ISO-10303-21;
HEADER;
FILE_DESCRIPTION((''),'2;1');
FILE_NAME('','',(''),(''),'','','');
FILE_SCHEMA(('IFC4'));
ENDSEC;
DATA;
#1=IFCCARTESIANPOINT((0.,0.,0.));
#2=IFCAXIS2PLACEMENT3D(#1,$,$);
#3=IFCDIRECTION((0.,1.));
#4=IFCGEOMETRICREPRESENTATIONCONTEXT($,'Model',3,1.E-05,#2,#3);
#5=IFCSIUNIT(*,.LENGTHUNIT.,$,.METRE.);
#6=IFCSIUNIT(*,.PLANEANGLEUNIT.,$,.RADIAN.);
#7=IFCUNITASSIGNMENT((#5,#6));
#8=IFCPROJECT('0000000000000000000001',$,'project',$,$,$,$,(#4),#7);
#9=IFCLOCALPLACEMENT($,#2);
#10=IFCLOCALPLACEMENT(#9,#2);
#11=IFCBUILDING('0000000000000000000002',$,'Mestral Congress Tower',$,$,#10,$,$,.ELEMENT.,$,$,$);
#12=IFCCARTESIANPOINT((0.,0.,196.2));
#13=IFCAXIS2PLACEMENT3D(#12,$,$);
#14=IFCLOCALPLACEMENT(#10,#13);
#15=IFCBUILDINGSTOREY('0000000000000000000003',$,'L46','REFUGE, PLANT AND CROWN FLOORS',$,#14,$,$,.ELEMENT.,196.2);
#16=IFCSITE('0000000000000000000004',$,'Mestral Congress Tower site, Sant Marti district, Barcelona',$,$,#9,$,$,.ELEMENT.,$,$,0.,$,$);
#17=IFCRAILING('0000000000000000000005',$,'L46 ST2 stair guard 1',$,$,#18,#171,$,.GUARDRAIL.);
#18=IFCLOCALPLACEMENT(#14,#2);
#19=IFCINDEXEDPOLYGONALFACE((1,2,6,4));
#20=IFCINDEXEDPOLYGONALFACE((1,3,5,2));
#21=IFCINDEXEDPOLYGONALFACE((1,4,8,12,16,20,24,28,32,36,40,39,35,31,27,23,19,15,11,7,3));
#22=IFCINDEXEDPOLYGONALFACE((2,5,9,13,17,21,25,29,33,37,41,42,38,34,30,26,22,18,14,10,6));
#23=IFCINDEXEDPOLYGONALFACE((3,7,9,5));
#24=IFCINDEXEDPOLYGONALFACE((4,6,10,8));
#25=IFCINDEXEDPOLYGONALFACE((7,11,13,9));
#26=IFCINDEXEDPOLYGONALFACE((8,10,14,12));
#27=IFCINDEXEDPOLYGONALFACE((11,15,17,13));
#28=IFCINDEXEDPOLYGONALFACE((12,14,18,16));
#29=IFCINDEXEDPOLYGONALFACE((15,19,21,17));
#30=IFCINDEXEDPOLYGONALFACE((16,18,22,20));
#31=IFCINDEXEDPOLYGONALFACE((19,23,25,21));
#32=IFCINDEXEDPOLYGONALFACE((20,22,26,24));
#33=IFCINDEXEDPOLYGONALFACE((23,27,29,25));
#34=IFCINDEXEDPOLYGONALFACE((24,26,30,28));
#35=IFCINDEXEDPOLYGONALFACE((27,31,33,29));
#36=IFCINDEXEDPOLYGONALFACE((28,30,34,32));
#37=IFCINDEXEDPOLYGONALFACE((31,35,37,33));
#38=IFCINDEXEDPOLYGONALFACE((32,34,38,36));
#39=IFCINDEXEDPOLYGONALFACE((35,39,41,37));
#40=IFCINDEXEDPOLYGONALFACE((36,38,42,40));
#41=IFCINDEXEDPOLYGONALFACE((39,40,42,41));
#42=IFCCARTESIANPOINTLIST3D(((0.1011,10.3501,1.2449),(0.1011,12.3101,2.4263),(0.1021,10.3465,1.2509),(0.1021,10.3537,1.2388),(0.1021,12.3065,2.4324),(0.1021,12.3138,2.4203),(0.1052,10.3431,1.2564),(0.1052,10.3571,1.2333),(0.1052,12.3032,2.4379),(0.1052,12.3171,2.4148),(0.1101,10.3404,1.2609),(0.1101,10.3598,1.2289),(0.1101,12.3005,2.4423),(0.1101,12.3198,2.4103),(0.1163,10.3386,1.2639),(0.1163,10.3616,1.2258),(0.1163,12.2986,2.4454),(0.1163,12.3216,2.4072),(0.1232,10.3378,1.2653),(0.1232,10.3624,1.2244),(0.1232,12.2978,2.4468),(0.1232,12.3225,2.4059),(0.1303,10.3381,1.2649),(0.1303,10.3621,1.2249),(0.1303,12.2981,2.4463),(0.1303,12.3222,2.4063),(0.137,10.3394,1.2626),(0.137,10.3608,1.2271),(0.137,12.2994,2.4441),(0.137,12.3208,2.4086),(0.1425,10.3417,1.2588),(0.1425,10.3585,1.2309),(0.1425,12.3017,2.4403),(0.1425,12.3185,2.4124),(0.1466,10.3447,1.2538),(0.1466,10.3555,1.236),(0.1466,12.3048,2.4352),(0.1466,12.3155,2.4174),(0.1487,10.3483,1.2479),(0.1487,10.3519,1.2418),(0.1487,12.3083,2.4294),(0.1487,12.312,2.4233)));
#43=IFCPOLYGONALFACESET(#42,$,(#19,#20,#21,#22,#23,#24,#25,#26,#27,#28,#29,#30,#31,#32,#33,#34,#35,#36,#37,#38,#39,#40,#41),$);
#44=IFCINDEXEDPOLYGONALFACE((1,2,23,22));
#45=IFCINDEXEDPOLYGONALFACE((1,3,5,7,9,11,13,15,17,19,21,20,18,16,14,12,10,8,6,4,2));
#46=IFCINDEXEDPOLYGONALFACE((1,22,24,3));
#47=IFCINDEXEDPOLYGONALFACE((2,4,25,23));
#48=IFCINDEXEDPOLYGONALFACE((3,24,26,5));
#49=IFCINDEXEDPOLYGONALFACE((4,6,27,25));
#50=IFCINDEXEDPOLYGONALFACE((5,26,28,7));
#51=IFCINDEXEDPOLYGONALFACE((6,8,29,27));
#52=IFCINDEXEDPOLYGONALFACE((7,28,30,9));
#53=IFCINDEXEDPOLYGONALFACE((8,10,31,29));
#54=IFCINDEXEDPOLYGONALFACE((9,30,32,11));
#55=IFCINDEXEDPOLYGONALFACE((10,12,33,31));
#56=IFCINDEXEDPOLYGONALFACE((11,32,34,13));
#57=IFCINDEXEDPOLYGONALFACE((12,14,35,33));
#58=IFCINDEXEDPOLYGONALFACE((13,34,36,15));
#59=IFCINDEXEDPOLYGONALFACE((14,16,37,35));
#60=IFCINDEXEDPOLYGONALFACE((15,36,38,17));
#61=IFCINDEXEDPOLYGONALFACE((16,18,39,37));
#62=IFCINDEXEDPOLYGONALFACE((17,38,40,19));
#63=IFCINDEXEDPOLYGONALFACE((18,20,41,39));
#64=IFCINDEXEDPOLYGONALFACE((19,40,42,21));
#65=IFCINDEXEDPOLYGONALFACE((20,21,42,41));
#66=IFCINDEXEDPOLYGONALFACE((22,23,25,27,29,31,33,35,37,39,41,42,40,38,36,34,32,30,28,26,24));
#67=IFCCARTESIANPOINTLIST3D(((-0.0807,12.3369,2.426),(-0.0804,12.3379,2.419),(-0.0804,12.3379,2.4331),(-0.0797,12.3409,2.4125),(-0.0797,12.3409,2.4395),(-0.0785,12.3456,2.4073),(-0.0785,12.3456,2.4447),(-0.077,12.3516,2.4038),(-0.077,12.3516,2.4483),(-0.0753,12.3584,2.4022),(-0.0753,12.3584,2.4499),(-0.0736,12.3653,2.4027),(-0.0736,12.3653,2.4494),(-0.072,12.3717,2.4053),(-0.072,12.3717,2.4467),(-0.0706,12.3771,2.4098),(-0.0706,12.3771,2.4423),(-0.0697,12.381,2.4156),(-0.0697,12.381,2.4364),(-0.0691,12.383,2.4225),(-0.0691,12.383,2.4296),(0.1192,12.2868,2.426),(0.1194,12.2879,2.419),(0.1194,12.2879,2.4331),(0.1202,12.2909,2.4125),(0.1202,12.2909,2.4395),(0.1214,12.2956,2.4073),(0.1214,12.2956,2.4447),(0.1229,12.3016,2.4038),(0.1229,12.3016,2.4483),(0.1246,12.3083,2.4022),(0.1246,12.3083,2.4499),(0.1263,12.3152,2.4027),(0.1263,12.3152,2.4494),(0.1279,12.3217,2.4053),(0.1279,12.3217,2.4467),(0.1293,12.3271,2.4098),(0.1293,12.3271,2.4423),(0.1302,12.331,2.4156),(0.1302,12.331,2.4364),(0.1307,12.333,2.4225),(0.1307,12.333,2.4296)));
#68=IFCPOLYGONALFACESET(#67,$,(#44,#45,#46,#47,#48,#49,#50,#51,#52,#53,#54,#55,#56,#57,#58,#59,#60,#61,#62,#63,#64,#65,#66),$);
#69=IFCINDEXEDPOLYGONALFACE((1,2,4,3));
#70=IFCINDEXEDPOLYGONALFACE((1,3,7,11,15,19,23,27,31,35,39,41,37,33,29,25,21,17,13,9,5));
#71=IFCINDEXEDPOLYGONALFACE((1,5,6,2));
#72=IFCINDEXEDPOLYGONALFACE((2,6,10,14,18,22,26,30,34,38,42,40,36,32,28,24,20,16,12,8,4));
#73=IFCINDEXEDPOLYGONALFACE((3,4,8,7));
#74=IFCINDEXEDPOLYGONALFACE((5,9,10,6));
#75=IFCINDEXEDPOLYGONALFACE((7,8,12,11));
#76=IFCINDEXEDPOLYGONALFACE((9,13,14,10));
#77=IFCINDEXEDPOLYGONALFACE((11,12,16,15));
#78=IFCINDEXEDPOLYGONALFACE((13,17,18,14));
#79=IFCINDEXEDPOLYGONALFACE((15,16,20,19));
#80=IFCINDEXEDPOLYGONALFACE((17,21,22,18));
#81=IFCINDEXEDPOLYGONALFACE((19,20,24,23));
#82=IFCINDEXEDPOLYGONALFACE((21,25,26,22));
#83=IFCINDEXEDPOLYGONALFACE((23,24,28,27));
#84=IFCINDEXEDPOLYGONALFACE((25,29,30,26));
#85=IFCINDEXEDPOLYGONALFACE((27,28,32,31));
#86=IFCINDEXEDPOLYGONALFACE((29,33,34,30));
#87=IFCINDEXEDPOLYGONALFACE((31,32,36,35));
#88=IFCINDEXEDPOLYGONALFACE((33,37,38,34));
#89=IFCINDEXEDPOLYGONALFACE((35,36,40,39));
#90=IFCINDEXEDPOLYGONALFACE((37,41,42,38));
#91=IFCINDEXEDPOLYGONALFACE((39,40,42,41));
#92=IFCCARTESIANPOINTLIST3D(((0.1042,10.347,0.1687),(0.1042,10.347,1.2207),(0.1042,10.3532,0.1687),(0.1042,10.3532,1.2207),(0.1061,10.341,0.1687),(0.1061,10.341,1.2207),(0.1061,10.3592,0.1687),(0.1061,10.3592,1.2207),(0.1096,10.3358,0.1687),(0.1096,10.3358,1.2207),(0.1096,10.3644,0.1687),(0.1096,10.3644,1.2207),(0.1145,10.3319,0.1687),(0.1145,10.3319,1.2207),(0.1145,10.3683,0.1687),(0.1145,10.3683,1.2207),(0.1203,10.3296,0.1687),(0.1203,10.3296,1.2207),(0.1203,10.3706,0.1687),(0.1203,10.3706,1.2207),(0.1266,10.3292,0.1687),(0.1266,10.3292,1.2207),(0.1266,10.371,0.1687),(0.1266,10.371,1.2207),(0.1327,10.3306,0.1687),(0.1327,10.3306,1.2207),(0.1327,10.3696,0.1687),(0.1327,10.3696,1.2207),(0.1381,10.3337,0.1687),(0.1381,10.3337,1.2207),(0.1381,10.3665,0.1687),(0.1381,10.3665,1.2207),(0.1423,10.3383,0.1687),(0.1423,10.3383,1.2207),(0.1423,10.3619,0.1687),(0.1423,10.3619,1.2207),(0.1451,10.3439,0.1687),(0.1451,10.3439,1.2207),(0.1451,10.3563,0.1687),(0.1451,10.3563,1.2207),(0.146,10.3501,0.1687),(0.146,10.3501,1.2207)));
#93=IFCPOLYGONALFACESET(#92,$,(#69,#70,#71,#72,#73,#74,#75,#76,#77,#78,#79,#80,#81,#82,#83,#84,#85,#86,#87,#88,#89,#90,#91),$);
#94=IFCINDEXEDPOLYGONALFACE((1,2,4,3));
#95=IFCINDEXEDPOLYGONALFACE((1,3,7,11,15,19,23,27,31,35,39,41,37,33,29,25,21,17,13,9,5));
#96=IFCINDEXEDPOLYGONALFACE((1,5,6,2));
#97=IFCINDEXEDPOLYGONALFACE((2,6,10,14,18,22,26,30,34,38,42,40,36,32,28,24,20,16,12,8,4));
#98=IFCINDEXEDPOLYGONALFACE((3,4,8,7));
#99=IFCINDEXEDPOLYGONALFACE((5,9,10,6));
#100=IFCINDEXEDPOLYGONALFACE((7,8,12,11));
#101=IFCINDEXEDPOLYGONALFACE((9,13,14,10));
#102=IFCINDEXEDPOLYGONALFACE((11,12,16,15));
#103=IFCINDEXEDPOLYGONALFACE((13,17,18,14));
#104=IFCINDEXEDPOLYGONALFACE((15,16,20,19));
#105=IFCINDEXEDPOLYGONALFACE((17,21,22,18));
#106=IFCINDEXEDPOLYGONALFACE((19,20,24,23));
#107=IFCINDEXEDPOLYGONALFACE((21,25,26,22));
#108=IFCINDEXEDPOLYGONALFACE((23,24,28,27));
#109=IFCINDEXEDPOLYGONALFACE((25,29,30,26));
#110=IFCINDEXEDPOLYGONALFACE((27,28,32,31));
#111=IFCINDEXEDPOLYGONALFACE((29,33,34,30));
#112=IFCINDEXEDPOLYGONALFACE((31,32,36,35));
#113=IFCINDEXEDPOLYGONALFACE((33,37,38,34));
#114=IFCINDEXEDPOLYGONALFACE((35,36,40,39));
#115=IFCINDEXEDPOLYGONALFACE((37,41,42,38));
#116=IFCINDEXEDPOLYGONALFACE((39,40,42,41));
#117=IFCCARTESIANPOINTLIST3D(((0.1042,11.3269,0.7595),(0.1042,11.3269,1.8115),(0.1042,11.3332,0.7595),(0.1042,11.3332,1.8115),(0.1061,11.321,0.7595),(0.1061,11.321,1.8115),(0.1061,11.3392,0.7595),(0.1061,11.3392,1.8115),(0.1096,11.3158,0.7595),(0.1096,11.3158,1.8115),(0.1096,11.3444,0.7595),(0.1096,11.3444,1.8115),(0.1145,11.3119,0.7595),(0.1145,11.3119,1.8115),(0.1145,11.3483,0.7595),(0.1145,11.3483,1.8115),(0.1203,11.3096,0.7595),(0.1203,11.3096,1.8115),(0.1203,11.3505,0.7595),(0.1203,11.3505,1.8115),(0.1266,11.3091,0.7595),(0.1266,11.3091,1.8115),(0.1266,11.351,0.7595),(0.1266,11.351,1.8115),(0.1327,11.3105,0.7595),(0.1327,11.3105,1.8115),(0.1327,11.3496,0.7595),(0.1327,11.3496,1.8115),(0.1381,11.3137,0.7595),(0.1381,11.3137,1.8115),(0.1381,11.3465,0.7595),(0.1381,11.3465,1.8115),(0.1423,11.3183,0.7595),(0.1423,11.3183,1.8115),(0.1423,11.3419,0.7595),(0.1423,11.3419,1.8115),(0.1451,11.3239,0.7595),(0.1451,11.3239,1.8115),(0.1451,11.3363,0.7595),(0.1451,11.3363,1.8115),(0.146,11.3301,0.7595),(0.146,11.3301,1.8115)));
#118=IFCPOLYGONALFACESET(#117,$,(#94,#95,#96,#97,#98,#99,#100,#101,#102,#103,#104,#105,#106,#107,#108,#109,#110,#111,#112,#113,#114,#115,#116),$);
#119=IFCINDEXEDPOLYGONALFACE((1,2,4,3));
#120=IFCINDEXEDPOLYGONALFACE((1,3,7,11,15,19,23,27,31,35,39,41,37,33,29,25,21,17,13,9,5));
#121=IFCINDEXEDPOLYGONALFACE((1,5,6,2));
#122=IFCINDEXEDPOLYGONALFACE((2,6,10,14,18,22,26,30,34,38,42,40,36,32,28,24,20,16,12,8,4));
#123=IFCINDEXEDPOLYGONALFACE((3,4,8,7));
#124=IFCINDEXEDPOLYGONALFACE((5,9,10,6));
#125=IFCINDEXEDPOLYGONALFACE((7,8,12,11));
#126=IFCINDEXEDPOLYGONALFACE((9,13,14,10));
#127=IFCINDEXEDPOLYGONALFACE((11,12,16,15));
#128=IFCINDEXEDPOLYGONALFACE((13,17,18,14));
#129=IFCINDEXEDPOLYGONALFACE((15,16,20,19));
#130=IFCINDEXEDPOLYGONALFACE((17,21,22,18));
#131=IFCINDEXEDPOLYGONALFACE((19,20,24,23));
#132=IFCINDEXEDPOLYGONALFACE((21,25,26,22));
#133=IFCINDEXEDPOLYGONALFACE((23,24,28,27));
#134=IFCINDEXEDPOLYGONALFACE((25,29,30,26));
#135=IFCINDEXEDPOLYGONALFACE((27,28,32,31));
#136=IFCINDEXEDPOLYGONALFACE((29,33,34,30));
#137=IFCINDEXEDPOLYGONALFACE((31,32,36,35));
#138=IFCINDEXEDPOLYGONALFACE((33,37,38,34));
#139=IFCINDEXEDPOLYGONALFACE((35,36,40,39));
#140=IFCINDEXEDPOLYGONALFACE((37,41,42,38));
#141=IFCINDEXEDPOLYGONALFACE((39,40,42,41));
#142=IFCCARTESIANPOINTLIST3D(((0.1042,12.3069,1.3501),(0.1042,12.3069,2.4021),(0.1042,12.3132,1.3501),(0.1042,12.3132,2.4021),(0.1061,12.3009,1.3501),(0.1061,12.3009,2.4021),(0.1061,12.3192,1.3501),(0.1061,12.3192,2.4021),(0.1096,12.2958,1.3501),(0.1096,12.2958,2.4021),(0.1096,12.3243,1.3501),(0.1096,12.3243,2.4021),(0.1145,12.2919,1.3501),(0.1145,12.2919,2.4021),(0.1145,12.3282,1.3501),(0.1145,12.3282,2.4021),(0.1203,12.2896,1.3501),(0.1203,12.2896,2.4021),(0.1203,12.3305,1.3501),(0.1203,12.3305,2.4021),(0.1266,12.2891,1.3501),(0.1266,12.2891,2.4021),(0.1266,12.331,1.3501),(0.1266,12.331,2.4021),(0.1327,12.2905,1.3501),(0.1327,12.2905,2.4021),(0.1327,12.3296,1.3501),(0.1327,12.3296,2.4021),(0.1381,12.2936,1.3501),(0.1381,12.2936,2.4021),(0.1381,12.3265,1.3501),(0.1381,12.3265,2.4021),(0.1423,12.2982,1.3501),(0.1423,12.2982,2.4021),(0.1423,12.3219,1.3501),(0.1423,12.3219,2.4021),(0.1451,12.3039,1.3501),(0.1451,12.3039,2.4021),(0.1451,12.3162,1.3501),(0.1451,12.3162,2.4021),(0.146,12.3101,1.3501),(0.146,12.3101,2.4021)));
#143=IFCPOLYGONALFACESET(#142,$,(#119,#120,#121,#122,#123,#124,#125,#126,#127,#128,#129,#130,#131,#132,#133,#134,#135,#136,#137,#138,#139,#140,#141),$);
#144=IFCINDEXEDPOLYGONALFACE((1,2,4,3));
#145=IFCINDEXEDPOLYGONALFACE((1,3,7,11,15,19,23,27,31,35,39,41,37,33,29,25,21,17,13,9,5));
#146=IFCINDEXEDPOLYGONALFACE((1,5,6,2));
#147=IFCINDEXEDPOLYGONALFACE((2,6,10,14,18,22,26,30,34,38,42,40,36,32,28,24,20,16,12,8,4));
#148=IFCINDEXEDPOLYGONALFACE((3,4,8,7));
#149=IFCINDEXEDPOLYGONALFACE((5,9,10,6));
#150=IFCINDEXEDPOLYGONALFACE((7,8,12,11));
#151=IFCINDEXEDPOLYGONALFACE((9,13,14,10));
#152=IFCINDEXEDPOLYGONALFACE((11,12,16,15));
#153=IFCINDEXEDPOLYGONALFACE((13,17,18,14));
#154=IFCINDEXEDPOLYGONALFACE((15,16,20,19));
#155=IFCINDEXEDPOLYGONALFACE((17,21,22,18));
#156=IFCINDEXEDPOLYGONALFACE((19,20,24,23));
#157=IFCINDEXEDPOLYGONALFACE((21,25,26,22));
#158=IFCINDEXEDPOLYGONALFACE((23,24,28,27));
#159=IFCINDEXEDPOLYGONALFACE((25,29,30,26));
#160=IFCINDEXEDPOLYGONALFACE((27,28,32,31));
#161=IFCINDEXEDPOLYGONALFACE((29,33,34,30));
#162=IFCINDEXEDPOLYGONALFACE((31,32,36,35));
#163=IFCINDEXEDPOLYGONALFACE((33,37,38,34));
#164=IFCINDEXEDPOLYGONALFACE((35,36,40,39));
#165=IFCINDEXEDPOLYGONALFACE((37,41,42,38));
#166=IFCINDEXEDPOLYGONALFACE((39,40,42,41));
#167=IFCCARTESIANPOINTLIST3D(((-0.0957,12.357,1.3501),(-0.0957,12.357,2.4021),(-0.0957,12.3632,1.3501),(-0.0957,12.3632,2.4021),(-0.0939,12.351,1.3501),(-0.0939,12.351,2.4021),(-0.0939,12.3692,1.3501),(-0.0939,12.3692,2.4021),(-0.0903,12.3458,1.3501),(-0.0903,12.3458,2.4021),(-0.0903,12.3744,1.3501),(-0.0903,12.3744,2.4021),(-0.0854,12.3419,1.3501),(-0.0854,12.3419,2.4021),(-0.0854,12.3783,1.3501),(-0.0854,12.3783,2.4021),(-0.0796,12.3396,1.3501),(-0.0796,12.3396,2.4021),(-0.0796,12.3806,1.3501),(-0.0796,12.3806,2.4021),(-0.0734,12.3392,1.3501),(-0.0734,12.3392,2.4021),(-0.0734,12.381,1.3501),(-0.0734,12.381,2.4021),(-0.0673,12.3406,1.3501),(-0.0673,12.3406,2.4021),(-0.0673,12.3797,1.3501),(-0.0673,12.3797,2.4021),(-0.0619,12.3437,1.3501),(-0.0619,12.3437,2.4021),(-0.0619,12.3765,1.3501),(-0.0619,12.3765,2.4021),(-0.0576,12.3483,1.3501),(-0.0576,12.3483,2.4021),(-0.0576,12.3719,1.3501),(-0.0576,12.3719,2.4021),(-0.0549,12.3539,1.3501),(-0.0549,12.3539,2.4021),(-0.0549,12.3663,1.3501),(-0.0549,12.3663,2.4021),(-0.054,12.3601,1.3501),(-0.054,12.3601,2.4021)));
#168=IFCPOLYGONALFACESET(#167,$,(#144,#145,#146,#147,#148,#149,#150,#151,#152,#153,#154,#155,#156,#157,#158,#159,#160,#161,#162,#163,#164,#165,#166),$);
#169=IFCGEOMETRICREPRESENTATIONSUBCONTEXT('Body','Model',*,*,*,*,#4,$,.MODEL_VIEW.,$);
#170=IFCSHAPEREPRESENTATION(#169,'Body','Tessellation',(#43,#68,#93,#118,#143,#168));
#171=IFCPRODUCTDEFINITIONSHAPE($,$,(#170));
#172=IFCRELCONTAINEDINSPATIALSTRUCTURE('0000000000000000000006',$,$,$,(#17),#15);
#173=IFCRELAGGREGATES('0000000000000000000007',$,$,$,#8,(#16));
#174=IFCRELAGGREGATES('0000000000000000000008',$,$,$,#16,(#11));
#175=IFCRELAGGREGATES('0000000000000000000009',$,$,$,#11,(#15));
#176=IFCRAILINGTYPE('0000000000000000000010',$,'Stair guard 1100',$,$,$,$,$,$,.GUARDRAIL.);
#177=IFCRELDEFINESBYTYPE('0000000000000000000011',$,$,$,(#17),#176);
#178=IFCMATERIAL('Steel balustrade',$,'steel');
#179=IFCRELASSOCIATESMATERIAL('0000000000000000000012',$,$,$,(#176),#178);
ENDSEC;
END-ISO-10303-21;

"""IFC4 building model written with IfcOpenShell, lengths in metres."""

from ifc_helpers import new_model, si_unit, direction, frame, origin, origin_2d, place, context, subcontext, project, spatial, circle, extrude, material, type_object, element, save


model = new_model("IFC4")

# Units and contexts
model_context = context("Model", 3, precision=1e-05, world=origin(), true_north=direction((0.0, 1.0)))
body_context = subcontext(model_context, "Body", "Model", "MODEL_VIEW")
ifc_project = project(units=[si_unit("LENGTHUNIT", "METRE"), si_unit("PLANEANGLEUNIT", "RADIAN")], contexts=[model_context])

# Site, building, storey
site_placement = place(None, origin())
site = spatial("IfcSite", under=ifc_project, at=site_placement, Name="Mestral Congress Tower site, Sant Marti district, Barcelona", CompositionType="ELEMENT", RefElevation=0.0)
building_placement = place(site_placement, origin())
building = spatial("IfcBuilding", under=site, at=building_placement, Name="Mestral Congress Tower", CompositionType="ELEMENT")
storey_placement = place(building_placement, frame((0.0, 0.0, 196.2)))
storey = spatial("IfcBuildingStorey", under=building, at=storey_placement, Name="L46", Description="REFUGE, PLANT AND CROWN FLOORS", CompositionType="ELEMENT", Elevation=196.2)

# Railing
ifc_material_1 = material(Name="Steel balustrade", Category="steel")
railing_type = type_object("IfcRailingType", Name="Stair guard 1100", PredefinedType="GUARDRAIL", material=ifc_material_1)
railing_1_placement = place(storey_placement, frame((0.125, 10.3501, 0.1687)))
element("IfcRailing", 1, at=railing_1_placement, inside=storey, type_object=railing_type, Name="L46 ST2 stair guard 1", PredefinedType="GUARDRAIL", context=body_context, shape_type="SweptSolid", body=[
    extrude(circle(Radius=0.0239, at=origin_2d()), frame((0.0, 0.0, 1.0762), z_axis=(0.0, 0.856446, 0.516236), x_axis=(-1.0, 0.0, 0.0)), (0.0, 0.0, 1.0), 2.2886),
    extrude(circle(Radius=0.0239, at=origin_2d()), frame((0.0, 1.96, 2.2573), z_axis=(-0.970073, 0.242814, 0.0), x_axis=(-0.242814, -0.970073, 0.0)), (0.0, 0.0, 1.0), 0.2061),
    extrude(circle(Radius=0.021, at=origin_2d()), origin(), (0.0, 0.0, 1.0), 1.052),
    extrude(circle(Radius=0.021, at=origin_2d()), frame((0.0, 0.98, 0.5908)), (0.0, 0.0, 1.0), 1.052),
    extrude(circle(Radius=0.021, at=origin_2d()), frame((0.0, 1.96, 1.1814)), (0.0, 0.0, 1.0), 1.052),
    extrude(circle(Radius=0.021, at=origin_2d()), frame((-0.2, 2.01, 1.1814)), (0.0, 0.0, 1.0), 1.052),
])

save(model, "model.ifc")
